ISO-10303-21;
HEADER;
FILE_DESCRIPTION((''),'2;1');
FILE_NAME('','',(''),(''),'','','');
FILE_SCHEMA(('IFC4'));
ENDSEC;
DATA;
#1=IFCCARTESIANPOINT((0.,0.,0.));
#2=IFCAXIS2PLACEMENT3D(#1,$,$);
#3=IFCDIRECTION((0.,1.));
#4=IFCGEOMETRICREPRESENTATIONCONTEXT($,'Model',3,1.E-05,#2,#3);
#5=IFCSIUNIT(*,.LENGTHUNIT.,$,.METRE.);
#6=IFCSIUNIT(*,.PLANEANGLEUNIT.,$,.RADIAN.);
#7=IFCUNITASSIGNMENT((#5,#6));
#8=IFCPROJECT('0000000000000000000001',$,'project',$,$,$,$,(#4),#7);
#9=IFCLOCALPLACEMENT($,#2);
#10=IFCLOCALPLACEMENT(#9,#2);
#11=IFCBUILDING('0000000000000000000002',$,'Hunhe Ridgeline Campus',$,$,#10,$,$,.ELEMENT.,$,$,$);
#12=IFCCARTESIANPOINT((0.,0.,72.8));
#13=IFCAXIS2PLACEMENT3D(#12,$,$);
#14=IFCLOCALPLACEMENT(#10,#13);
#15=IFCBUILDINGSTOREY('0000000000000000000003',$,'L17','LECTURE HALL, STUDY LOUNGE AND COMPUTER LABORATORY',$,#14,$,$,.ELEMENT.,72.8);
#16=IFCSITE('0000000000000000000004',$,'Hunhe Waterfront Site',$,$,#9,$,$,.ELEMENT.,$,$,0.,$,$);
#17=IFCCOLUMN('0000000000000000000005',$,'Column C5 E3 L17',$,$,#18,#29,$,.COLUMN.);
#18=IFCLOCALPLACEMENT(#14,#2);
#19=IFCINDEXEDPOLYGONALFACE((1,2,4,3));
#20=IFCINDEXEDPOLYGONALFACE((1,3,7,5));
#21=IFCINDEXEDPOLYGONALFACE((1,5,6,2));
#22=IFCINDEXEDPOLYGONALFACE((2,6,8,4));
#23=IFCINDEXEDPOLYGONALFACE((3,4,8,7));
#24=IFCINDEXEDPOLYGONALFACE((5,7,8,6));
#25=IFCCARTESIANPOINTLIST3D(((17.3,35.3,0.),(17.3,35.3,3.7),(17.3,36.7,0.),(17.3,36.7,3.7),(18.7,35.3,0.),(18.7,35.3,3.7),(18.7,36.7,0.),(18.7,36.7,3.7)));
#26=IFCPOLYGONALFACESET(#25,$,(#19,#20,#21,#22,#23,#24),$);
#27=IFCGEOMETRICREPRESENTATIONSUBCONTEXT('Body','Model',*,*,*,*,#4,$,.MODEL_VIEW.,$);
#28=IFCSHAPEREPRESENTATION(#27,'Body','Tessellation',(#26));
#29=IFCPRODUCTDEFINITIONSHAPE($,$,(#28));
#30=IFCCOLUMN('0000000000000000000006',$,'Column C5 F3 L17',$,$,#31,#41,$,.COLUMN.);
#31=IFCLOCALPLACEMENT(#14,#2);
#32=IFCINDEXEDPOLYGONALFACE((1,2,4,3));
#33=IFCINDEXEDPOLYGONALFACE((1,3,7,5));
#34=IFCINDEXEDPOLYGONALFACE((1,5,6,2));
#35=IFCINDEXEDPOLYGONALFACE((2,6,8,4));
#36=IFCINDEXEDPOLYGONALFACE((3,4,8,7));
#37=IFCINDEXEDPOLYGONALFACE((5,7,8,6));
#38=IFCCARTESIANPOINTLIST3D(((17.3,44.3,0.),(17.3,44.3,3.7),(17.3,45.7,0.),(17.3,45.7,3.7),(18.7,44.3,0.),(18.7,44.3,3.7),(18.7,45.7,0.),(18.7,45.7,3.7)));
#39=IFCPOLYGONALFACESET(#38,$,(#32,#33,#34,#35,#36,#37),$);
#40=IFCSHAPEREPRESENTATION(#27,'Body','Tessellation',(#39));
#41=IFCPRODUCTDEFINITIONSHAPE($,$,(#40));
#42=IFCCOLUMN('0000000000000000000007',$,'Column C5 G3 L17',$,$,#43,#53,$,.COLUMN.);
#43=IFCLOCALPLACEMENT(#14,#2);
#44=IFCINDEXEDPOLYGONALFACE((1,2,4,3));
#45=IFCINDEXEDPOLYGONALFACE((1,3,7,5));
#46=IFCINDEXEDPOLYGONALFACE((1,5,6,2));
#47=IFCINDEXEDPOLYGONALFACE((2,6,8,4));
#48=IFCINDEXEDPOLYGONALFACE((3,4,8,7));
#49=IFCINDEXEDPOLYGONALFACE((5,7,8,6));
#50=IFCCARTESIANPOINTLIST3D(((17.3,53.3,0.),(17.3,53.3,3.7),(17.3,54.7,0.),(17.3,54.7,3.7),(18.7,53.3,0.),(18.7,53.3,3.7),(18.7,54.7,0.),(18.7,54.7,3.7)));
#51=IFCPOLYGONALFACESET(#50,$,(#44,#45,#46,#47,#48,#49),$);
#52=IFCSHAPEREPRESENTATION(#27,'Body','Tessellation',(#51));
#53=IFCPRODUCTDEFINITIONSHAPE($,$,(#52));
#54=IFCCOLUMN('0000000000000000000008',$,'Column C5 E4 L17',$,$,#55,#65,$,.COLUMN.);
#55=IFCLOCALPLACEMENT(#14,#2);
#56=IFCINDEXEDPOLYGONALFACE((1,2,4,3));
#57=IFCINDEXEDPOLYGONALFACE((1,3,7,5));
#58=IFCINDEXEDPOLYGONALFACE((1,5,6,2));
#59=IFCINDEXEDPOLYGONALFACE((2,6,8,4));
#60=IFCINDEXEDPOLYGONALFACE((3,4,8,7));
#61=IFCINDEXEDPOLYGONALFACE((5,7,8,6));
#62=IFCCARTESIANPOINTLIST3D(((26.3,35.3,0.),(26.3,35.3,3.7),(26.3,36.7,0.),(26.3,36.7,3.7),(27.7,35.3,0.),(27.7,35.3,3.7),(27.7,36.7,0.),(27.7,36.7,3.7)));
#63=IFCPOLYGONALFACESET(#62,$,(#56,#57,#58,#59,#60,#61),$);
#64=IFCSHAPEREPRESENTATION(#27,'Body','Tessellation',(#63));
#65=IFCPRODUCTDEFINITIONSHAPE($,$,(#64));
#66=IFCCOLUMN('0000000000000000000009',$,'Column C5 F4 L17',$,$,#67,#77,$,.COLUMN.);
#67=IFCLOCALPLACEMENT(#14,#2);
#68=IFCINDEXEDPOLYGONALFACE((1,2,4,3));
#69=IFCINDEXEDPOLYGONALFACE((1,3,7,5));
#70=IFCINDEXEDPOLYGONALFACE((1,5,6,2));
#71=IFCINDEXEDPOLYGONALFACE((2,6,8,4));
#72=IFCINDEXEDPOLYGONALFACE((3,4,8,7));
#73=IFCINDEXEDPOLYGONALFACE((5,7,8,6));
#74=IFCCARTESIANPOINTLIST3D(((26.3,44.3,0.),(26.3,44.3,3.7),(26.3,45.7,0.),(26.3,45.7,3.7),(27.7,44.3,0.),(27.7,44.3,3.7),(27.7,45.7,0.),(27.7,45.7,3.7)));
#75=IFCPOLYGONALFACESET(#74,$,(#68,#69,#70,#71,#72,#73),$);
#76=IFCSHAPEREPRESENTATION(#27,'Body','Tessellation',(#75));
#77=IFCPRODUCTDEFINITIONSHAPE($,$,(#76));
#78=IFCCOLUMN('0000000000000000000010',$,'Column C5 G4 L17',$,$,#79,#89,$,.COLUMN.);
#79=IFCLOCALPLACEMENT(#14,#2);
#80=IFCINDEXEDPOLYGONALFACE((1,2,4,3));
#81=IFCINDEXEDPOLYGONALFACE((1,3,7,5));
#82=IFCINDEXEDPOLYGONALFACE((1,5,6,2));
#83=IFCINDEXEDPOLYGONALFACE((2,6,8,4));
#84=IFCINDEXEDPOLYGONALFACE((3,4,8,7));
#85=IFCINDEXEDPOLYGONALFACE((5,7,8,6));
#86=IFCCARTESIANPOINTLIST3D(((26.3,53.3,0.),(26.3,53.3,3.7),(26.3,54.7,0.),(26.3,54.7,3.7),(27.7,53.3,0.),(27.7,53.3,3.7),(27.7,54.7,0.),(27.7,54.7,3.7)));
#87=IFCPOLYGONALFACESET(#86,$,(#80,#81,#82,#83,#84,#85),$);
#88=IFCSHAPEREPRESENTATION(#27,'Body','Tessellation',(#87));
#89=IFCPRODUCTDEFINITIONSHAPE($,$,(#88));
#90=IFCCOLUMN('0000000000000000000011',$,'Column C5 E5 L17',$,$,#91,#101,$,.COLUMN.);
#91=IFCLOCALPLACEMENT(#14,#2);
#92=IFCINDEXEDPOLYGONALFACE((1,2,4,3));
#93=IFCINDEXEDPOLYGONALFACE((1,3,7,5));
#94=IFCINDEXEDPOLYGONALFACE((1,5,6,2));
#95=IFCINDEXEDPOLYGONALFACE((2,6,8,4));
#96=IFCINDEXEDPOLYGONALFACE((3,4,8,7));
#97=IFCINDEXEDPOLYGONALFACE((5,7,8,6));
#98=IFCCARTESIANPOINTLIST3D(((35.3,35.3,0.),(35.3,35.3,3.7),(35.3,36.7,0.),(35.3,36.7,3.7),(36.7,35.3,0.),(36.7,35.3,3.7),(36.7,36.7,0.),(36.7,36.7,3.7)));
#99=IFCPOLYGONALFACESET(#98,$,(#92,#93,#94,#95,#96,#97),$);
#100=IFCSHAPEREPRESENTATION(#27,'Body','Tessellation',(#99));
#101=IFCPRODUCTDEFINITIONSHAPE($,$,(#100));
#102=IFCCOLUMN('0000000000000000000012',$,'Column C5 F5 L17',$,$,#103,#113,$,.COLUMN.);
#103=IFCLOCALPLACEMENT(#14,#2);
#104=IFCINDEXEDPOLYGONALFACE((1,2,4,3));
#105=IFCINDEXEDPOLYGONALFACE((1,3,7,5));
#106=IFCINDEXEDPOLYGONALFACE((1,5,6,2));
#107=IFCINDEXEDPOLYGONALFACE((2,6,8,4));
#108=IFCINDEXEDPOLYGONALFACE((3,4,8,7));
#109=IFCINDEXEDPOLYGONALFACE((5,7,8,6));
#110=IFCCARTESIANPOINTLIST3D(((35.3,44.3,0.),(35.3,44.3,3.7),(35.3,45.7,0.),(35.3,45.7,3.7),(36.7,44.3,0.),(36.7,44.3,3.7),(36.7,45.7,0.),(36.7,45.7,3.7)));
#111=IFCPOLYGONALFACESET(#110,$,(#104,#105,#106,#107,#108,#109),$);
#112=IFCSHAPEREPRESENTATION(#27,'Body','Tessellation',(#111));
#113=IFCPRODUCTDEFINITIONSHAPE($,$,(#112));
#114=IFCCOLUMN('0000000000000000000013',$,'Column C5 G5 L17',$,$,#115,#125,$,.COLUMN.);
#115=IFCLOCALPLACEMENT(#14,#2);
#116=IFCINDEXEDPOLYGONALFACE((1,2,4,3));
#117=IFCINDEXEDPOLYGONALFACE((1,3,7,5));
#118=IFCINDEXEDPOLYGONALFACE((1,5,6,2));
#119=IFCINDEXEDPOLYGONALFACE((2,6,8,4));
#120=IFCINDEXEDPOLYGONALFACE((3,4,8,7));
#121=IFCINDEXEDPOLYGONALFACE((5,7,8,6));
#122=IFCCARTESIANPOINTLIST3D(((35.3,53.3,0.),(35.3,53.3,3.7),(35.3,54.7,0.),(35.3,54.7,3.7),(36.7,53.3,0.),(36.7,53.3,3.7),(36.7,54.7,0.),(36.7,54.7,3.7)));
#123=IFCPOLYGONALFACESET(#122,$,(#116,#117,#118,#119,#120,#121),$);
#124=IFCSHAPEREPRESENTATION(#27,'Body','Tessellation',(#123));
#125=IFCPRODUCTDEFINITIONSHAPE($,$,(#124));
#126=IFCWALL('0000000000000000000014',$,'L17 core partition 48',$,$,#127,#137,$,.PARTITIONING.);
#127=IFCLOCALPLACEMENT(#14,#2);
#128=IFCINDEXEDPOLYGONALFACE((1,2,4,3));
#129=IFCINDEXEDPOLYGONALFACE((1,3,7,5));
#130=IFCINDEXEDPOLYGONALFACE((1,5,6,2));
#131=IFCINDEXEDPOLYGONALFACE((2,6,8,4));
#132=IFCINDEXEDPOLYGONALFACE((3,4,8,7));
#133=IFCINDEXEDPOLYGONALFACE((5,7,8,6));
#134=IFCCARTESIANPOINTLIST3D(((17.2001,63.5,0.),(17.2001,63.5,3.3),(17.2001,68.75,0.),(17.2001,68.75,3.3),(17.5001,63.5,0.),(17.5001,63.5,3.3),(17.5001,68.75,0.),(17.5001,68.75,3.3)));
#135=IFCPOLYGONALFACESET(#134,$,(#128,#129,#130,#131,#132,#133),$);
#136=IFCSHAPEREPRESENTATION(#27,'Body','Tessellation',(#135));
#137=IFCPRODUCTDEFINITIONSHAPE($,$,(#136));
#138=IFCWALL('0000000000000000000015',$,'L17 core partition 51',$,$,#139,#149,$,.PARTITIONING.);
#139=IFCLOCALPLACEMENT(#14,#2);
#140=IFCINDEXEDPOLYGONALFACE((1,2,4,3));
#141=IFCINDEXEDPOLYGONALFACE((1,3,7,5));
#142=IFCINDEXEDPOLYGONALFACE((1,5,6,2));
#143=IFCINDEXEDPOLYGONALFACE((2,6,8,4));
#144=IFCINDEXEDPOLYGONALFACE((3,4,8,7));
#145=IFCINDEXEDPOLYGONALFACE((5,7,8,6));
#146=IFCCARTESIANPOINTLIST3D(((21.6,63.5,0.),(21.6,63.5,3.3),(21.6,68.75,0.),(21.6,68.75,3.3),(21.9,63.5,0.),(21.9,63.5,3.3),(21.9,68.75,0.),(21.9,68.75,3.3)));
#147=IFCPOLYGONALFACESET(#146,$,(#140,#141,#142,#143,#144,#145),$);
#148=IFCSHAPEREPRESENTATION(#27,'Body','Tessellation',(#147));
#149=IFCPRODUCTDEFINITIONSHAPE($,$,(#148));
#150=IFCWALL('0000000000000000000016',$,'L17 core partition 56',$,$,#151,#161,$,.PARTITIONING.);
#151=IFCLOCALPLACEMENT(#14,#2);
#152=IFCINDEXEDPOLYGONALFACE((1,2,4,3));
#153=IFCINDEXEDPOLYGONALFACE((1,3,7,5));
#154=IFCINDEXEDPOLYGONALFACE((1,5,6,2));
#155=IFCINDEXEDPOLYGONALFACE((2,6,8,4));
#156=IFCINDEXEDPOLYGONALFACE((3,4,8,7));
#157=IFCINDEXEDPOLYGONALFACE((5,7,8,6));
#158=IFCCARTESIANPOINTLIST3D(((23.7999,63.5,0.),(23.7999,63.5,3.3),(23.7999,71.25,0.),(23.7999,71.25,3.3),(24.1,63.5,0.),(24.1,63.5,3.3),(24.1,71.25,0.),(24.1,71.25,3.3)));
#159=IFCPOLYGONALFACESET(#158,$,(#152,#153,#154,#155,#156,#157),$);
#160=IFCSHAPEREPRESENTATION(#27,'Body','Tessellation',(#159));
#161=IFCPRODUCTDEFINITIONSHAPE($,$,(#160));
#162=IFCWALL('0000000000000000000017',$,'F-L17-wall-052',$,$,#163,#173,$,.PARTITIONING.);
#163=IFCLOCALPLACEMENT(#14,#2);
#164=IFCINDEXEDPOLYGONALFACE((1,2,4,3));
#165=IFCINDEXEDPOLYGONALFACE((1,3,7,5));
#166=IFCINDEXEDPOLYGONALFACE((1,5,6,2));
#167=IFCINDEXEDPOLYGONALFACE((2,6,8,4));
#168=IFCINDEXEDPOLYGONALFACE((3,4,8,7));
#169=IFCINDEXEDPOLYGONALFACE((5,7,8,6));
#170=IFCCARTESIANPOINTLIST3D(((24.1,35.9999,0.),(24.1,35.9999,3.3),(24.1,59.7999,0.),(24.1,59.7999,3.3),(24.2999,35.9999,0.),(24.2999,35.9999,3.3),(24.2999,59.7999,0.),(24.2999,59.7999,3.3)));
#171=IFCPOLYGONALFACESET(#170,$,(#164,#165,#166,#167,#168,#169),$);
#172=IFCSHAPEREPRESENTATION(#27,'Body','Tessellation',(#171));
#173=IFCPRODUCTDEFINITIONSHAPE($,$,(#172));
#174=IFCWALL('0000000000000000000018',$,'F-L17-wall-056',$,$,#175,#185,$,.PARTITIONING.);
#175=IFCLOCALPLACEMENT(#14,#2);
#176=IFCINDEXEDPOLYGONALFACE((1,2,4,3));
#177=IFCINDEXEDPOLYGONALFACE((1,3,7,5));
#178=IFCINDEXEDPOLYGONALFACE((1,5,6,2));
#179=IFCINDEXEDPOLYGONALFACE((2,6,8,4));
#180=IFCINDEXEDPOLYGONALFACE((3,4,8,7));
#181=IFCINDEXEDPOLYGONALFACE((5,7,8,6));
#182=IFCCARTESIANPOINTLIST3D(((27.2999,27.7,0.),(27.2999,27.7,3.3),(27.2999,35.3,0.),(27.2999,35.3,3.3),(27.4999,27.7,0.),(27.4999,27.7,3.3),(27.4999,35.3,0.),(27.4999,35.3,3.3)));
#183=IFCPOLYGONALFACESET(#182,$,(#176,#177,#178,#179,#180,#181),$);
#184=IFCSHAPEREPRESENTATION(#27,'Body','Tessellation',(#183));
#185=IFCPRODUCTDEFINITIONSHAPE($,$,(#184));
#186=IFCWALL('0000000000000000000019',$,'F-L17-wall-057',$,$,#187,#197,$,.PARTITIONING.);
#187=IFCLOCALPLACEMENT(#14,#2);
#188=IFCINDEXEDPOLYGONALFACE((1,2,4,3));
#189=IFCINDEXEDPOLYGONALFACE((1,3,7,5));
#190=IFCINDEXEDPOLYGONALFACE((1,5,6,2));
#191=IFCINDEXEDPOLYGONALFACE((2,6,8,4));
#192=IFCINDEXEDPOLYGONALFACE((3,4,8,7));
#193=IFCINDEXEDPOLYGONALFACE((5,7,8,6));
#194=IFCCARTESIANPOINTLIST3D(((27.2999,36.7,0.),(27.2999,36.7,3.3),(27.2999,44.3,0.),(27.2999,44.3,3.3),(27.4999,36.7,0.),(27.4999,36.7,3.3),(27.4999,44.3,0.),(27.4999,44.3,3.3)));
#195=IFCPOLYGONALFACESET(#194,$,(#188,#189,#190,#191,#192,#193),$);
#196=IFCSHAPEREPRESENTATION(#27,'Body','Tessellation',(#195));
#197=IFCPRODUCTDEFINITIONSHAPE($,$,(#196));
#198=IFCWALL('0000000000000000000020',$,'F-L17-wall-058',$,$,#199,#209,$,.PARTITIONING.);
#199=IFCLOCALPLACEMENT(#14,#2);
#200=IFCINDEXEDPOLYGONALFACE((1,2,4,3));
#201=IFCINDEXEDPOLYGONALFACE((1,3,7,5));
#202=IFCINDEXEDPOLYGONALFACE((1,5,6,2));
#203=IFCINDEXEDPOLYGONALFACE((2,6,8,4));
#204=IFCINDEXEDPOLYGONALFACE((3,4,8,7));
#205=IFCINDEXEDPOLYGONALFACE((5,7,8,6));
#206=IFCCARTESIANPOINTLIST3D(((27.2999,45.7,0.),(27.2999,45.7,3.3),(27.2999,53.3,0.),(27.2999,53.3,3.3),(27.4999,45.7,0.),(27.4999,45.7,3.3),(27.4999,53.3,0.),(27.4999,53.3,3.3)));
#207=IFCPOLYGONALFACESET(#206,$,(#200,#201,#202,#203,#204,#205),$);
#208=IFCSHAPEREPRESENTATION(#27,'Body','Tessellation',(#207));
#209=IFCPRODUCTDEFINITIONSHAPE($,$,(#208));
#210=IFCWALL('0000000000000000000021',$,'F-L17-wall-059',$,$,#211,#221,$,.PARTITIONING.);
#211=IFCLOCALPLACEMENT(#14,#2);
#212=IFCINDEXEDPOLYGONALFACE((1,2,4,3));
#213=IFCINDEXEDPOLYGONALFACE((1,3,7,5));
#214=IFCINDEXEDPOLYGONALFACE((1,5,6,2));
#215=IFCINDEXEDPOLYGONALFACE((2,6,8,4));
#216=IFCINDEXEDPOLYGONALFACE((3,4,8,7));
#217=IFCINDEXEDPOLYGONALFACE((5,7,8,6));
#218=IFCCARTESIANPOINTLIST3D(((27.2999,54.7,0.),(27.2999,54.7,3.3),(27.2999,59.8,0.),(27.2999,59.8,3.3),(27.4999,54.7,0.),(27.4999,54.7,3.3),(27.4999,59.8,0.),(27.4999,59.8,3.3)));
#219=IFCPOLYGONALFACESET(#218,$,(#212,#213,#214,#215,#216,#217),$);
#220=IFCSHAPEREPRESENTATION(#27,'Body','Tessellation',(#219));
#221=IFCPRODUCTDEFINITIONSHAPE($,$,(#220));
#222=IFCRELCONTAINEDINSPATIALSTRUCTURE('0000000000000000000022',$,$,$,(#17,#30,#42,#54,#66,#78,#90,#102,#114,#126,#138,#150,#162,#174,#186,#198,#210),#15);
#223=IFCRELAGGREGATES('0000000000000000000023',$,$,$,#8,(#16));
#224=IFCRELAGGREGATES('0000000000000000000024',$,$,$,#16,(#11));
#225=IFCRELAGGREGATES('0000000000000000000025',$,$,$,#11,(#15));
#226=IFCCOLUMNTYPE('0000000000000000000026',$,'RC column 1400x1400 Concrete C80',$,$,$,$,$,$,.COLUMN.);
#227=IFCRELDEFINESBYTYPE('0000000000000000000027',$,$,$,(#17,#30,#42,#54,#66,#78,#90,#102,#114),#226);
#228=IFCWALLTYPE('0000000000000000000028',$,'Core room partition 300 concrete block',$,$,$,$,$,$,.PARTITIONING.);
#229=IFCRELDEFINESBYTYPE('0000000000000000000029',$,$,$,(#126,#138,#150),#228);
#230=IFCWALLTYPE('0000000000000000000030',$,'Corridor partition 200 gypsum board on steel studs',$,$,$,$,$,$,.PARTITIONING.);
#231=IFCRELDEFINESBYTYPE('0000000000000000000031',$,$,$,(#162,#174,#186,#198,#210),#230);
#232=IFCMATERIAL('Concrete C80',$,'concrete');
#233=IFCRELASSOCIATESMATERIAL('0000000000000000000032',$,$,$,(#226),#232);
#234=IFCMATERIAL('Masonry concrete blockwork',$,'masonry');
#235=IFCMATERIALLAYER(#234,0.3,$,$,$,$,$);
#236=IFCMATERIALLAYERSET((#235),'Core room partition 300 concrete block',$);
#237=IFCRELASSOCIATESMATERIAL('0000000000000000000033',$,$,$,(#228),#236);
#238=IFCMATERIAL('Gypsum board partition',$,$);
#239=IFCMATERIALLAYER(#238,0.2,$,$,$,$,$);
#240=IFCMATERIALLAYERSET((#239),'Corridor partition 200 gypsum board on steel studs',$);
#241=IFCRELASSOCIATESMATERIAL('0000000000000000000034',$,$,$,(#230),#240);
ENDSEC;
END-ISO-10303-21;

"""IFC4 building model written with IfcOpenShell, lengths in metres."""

from ifc_helpers import new_model, si_unit, direction, frame, frame_2d, origin, origin_2d, place, context, subcontext, project, spatial, rectangle, extrude, material, layer, layer_set, material_profile, profile_set, type_object, element, save


model = new_model("IFC4")

# Units and contexts
model_context = context("Model", 3, precision=1e-05, world=origin(), true_north=direction((0.0, 1.0)))
body_context = subcontext(model_context, "Body", "Model", "MODEL_VIEW")
ifc_project = project(units=[si_unit("LENGTHUNIT", "METRE"), si_unit("PLANEANGLEUNIT", "RADIAN")], contexts=[model_context])

# Site, building, storey
site_placement = place(None, origin())
site = spatial("IfcSite", under=ifc_project, at=site_placement, Name="Hunhe Waterfront Site", CompositionType="ELEMENT", RefElevation=0.0)
building_placement = place(site_placement, origin())
building = spatial("IfcBuilding", under=site, at=building_placement, Name="Hunhe Ridgeline Campus", CompositionType="ELEMENT")
storey_placement = place(building_placement, frame((0.0, 0.0, 72.8)))
storey = spatial("IfcBuildingStorey", under=building, at=storey_placement, Name="L17", Description="LECTURE HALL, STUDY LOUNGE AND COMPUTER LABORATORY", CompositionType="ELEMENT", Elevation=72.8)

# Columns
ifc_material_1 = material(Name="Concrete C80", Category="concrete")
ifc_material_profile = material_profile(ifc_material_1, rectangle(XDim=1.3999, YDim=1.3999, at=origin_2d()))
ifc_profile_set = profile_set([ifc_material_profile], Name="Concrete C80")
column_type = type_object("IfcColumnType", Name="RC column 1400x1400 Concrete C80", PredefinedType="COLUMN", material=ifc_profile_set)
for number, where, z_axis, x_axis, name in (
    (1, (18.0, 36.0, 0.0), (0.0, 0.0, 1.0), (1.0, 0.0, 0.0), "Column C5 E3 L17"),
    (2, (18.0, 45.0, 0.0), (0.0, 0.0, 1.0), (1.0, 0.0, 0.0), "Column C5 F3 L17"),
    (3, (18.0, 54.0, 0.0), (0.0, 0.0, 1.0), (1.0, 0.0, 0.0), "Column C5 G3 L17"),
    (4, (27.0, 36.0, 0.0), (0.0, 0.0, 1.0), (1.0, 0.0, 0.0), "Column C5 E4 L17"),
    (5, (27.0, 45.0, 0.0), (0.0, 0.0, 1.0), (1.0, 0.0, 0.0), "Column C5 F4 L17"),
    (6, (27.0, 54.0, 0.0), (0.0, 0.0, 1.0), (1.0, 0.0, 0.0), "Column C5 G4 L17"),
    (7, (36.0, 36.0, 0.0), (0.0, 0.0, 1.0), (1.0, 0.0, 0.0), "Column C5 E5 L17"),
    (8, (36.0, 45.0, 0.0), (0.0, 0.0, 1.0), (1.0, 0.0, 0.0), "Column C5 F5 L17"),
    (9, (36.0, 54.0, 0.0), (0.0, 0.0, 1.0), (1.0, 0.0, 0.0), "Column C5 G5 L17"),
):
    element("IfcColumn", number, at=place(storey_placement, frame(where, z_axis=z_axis, x_axis=x_axis)), inside=storey, type_object=column_type, Name=name, PredefinedType="COLUMN", context=body_context, shape_type="SweptSolid", body=[
        extrude(rectangle(XDim=1.3999, YDim=1.3999, at=origin_2d()), origin(), (0.0, 0.0, 1.0), 3.7),
    ])

# Walls
ifc_material_2 = material(Name="Masonry concrete blockwork", Category="masonry")
ifc_layer_1 = layer(ifc_material_2, 0.3)
ifc_layer_set_1 = layer_set([ifc_layer_1], Name="Core room partition 300 concrete block")
wall_type_1 = type_object("IfcWallType", Name="Core room partition 300 concrete block", PredefinedType="PARTITIONING", material=ifc_layer_set_1)
for number, where, z_axis, x_axis, name in (
    (10, (17.3501, 63.5, 0.0), (0.0, 0.0, 1.0), (0.0, 1.0, 0.0), "L17 core partition 48"),
    (11, (21.75, 63.5, 0.0), (0.0, 0.0, 1.0), (0.0, 1.0, 0.0), "L17 core partition 51"),
):
    element("IfcWall", number, at=place(storey_placement, frame(where, z_axis=z_axis, x_axis=x_axis)), inside=storey, type_object=wall_type_1, Name=name, PredefinedType="PARTITIONING", context=body_context, shape_type="SweptSolid", body=[
        extrude(rectangle(XDim=5.25, YDim=0.3, at=frame_2d((2.625, 0.0))), origin(), (0.0, 0.0, 1.0), 3.3),
    ])
wall_1_placement = place(storey_placement, frame((23.95, 63.5, 0.0), z_axis=(0.0, 0.0, 1.0), x_axis=(0.0, 1.0, 0.0)))
element("IfcWall", 12, at=wall_1_placement, inside=storey, type_object=wall_type_1, Name="L17 core partition 56", PredefinedType="PARTITIONING", context=body_context, shape_type="SweptSolid", body=[
    extrude(rectangle(XDim=7.75, YDim=0.3, at=frame_2d((3.875, 0.0))), origin(), (0.0, 0.0, 1.0), 3.3),
])

# Shared definitions
ifc_material_3 = material(Name="Gypsum board partition")
ifc_layer_2 = layer(ifc_material_3, 0.2)
ifc_layer_set_2 = layer_set([ifc_layer_2], Name="Corridor partition 200 gypsum board on steel studs")
wall_type_2 = type_object("IfcWallType", Name="Corridor partition 200 gypsum board on steel studs", PredefinedType="PARTITIONING", material=ifc_layer_set_2)

# Walls
wall_2_placement = place(storey_placement, frame((24.2, 36.0, 0.0), z_axis=(0.0, 0.0, 1.0), x_axis=(0.0, 1.0, 0.0)))
element("IfcWall", 13, at=wall_2_placement, inside=storey, type_object=wall_type_2, Name="F-L17-wall-052", PredefinedType="PARTITIONING", context=body_context, shape_type="SweptSolid", body=[
    extrude(rectangle(XDim=23.8, YDim=0.2, at=frame_2d((11.8999, 0.0))), origin(), (0.0, 0.0, 1.0), 3.3),
])
for number, where, z_axis, x_axis, name in (
    (14, (27.3999, 35.3, 0.0), (0.0, 0.0, 1.0), (0.0, -1.0, 0.0), "F-L17-wall-056"),
    (15, (27.3999, 44.3, 0.0), (0.0, 0.0, 1.0), (0.0, -1.0, 0.0), "F-L17-wall-057"),
    (16, (27.3999, 53.3, 0.0), (0.0, 0.0, 1.0), (0.0, -1.0, 0.0), "F-L17-wall-058"),
):
    element("IfcWall", number, at=place(storey_placement, frame(where, z_axis=z_axis, x_axis=x_axis)), inside=storey, type_object=wall_type_2, Name=name, PredefinedType="PARTITIONING", context=body_context, shape_type="SweptSolid", body=[
        extrude(rectangle(XDim=7.6001, YDim=0.2, at=frame_2d((3.8, 0.0))), origin(), (0.0, 0.0, 1.0), 3.3),
    ])
wall_3_placement = place(storey_placement, frame((27.3999, 59.8, 0.0), z_axis=(0.0, 0.0, 1.0), x_axis=(0.0, -1.0, 0.0)))
element("IfcWall", 17, at=wall_3_placement, inside=storey, type_object=wall_type_2, Name="F-L17-wall-059", PredefinedType="PARTITIONING", context=body_context, shape_type="SweptSolid", body=[
    extrude(rectangle(XDim=5.1001, YDim=0.2, at=frame_2d((2.55, 0.0))), origin(), (0.0, 0.0, 1.0), 3.3),
])

save(model, "model.ifc")
